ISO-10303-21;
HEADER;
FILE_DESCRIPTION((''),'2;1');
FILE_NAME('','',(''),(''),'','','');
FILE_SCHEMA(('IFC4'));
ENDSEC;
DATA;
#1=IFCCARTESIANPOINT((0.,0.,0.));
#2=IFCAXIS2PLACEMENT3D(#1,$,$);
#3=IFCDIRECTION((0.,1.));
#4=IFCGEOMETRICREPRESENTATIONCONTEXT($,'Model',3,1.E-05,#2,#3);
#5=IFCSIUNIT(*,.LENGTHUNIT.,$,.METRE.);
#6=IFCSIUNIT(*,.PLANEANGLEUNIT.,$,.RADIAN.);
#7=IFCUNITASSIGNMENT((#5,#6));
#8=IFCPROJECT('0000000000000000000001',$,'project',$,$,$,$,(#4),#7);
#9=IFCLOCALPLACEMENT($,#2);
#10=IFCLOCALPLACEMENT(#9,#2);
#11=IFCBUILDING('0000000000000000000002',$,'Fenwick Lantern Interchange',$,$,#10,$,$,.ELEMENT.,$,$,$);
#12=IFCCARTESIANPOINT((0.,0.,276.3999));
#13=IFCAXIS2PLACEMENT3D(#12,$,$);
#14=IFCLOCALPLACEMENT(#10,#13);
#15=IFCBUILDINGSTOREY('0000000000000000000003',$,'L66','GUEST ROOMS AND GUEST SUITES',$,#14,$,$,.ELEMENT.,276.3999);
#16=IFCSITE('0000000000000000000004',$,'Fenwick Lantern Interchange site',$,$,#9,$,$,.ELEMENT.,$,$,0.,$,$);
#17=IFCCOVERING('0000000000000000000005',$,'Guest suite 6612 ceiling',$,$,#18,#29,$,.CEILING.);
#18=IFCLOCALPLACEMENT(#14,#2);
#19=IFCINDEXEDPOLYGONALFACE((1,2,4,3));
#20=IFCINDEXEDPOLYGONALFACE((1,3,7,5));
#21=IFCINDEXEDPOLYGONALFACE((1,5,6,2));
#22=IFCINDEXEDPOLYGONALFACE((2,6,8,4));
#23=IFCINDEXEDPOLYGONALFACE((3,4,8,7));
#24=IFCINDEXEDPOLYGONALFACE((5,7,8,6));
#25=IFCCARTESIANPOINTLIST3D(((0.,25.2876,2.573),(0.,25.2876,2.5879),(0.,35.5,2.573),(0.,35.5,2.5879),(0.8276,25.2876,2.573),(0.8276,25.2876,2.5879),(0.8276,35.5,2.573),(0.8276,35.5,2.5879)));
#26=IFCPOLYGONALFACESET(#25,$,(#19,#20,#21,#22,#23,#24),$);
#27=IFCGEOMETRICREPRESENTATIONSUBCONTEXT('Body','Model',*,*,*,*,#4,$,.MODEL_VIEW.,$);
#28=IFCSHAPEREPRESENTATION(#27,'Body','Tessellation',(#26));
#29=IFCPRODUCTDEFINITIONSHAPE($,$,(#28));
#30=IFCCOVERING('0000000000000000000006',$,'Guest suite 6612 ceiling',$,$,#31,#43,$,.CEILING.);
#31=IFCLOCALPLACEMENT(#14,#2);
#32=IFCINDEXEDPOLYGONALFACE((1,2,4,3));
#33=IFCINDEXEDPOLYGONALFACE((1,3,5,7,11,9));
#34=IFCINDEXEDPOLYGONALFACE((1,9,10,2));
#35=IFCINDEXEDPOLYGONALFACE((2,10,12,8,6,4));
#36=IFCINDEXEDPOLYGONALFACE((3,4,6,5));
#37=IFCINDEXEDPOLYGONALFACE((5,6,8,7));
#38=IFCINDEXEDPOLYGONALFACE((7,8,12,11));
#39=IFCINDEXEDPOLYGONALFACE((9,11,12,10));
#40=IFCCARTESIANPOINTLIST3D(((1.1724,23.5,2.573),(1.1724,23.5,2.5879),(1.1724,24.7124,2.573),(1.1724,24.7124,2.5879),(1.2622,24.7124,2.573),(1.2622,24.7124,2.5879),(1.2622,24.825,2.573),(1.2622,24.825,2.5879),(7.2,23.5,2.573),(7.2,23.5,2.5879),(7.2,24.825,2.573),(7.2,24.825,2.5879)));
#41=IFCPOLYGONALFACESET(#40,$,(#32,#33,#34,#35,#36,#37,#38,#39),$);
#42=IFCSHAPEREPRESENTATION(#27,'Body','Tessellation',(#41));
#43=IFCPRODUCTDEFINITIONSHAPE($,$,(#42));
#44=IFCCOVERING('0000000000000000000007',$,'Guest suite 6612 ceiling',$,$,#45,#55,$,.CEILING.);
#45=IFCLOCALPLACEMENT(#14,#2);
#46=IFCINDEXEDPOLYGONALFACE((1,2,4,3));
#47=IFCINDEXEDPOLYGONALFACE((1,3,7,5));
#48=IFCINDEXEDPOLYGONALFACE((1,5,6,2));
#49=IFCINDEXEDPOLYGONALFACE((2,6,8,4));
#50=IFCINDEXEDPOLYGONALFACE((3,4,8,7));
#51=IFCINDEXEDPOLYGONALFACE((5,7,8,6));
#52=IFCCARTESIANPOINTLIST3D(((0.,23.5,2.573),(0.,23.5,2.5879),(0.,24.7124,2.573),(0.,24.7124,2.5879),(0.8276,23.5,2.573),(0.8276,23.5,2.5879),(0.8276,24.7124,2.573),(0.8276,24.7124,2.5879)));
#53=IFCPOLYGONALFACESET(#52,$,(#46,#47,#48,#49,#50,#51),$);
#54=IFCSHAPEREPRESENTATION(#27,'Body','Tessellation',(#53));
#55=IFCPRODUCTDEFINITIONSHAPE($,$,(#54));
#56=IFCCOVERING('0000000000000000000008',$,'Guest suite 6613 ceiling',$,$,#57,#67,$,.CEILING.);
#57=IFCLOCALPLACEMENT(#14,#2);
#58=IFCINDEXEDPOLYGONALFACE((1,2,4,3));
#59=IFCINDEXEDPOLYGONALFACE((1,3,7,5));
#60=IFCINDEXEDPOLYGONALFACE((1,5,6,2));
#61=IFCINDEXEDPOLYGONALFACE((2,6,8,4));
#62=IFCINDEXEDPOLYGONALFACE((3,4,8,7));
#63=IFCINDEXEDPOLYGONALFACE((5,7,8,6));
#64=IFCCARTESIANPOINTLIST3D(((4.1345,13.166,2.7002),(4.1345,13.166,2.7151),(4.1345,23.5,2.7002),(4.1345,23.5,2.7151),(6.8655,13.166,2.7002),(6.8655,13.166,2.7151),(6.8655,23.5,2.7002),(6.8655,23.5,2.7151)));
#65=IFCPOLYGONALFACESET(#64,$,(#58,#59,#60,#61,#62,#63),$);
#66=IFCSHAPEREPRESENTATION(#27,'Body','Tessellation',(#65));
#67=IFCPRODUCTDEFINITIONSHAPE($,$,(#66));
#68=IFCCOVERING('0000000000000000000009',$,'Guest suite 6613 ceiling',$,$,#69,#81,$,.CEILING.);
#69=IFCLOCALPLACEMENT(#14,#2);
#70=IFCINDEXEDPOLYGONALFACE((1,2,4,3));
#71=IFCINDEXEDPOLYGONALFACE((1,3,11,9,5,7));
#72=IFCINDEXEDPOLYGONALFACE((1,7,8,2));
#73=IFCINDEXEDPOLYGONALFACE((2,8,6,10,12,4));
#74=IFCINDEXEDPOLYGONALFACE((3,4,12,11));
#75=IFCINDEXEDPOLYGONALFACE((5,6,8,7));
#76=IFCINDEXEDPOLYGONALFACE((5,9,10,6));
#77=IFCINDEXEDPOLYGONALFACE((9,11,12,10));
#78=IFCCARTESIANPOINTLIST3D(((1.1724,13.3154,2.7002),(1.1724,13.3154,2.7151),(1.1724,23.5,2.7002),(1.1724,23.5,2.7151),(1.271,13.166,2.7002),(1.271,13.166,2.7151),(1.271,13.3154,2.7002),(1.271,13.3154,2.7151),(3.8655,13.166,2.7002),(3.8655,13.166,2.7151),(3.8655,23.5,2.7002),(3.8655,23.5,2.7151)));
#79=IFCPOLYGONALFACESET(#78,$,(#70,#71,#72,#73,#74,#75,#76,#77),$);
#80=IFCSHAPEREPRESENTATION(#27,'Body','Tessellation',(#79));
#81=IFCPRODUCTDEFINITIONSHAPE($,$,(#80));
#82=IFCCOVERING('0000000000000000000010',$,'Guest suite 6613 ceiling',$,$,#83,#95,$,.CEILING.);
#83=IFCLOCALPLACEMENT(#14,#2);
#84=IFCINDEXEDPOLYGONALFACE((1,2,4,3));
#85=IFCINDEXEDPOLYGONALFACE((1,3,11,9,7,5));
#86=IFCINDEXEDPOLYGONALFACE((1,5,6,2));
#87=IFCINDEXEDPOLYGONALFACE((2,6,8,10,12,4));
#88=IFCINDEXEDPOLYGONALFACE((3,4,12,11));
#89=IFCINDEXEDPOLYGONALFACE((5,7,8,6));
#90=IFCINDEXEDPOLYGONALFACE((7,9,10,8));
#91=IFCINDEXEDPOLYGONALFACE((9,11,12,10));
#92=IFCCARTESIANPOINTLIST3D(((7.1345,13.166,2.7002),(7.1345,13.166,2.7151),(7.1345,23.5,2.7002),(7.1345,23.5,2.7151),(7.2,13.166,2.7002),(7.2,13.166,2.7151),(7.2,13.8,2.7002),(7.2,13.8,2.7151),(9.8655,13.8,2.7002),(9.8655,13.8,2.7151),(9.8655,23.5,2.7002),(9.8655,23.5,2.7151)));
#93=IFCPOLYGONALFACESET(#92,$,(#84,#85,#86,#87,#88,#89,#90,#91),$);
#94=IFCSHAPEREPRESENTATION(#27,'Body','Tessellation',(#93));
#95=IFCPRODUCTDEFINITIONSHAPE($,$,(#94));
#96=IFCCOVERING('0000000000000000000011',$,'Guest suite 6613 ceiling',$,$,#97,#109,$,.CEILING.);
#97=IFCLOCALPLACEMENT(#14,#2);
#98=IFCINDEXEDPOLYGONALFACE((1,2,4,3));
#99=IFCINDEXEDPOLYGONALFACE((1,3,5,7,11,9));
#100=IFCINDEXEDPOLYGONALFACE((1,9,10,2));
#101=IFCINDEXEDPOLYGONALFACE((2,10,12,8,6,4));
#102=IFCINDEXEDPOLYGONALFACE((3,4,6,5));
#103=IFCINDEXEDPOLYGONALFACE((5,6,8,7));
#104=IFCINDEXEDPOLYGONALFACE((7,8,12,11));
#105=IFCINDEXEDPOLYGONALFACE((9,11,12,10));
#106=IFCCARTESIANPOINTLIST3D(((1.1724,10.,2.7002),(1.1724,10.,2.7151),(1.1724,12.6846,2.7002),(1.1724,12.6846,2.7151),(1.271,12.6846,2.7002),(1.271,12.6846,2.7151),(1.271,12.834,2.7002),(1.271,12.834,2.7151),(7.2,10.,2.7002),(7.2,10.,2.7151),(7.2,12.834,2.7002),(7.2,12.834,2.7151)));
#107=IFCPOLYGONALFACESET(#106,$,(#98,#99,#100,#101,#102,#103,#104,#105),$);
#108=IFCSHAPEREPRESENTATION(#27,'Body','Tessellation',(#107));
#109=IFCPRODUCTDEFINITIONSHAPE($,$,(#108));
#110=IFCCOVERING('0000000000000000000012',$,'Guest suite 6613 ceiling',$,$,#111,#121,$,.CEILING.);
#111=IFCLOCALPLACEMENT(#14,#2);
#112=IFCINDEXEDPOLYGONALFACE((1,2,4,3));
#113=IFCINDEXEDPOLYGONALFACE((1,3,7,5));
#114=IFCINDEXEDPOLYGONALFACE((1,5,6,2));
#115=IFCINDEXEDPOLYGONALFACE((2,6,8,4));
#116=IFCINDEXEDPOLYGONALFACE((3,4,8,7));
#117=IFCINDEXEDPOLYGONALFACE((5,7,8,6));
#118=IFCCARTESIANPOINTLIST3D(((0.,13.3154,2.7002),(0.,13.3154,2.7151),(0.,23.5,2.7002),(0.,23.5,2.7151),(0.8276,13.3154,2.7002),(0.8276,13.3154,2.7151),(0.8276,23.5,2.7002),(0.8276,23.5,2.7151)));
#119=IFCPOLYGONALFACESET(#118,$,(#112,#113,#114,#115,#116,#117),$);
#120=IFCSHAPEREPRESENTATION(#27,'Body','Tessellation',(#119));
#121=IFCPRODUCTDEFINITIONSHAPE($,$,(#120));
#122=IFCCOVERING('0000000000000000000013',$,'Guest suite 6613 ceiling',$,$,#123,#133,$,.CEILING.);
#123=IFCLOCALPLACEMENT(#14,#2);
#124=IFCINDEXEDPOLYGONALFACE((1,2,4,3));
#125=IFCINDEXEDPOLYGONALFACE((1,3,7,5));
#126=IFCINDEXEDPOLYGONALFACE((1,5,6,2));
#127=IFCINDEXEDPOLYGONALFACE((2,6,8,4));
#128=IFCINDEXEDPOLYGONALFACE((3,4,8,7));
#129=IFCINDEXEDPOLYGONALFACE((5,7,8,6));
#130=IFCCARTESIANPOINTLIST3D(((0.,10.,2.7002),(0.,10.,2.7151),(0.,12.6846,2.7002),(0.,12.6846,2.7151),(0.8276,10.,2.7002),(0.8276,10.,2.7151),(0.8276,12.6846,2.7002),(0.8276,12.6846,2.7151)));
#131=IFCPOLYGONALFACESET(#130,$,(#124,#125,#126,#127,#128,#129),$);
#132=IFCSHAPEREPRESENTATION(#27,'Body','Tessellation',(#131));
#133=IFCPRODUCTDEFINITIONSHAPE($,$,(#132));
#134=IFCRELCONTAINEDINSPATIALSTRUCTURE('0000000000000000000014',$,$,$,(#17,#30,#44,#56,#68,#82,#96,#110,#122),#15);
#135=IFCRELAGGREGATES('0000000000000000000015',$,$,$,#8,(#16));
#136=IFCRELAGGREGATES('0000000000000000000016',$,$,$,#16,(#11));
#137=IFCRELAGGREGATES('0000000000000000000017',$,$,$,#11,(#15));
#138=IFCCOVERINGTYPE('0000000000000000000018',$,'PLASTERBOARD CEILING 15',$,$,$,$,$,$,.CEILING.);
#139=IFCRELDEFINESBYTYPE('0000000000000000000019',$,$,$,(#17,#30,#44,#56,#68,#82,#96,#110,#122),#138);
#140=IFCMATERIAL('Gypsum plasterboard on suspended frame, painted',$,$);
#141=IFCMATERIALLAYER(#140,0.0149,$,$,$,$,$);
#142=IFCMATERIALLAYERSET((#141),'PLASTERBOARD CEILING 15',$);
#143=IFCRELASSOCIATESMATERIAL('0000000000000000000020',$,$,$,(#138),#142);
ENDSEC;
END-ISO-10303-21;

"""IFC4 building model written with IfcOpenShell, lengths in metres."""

from ifc_helpers import new_model, si_unit, direction, frame, origin, place, context, subcontext, project, spatial, polyline, outline, extrude, material, layer, layer_set, type_object, element, save


model = new_model("IFC4")

# Units and contexts
model_context = context("Model", 3, precision=1e-05, world=origin(), true_north=direction((0.0, 1.0)))
body_context = subcontext(model_context, "Body", "Model", "MODEL_VIEW")
ifc_project = project(units=[si_unit("LENGTHUNIT", "METRE"), si_unit("PLANEANGLEUNIT", "RADIAN")], contexts=[model_context])

# Site, building, storey
site_placement = place(None, origin())
site = spatial("IfcSite", under=ifc_project, at=site_placement, Name="Fenwick Lantern Interchange site", CompositionType="ELEMENT", RefElevation=0.0)
building_placement = place(site_placement, origin())
building = spatial("IfcBuilding", under=site, at=building_placement, Name="Fenwick Lantern Interchange", CompositionType="ELEMENT")
storey_placement = place(building_placement, frame((0.0, 0.0, 276.3999)))
storey = spatial("IfcBuildingStorey", under=building, at=storey_placement, Name="L66", Description="GUEST ROOMS AND GUEST SUITES", CompositionType="ELEMENT", Elevation=276.3999)

# Coverings
ifc_material_1 = material(Name="Gypsum plasterboard on suspended frame, painted")
ifc_layer_1 = layer(ifc_material_1, 0.0149)
ifc_layer_set_1 = layer_set([ifc_layer_1], Name="PLASTERBOARD CEILING 15")
covering_type_1 = type_object("IfcCoveringType", Name="PLASTERBOARD CEILING 15", PredefinedType="CEILING", material=ifc_layer_set_1)
covering_1_placement = place(storey_placement, frame((0.0, 0.0, 2.573)))
element("IfcCovering", 1, at=covering_1_placement, inside=storey, type_object=covering_type_1, Name="Guest suite 6612 ceiling", PredefinedType="CEILING", context=body_context, shape_type="SweptSolid", body=[
    extrude(outline(polyline([(0.0, 25.2876), (0.8276, 25.2876), (0.8276, 35.5), (0.0, 35.5), (0.0, 25.2876)])), origin(), (0.0, 0.0, 1.0), 0.0149),
])
covering_2_placement = place(storey_placement, frame((0.0, 0.0, 2.573)))
element("IfcCovering", 2, at=covering_2_placement, inside=storey, type_object=covering_type_1, Name="Guest suite 6612 ceiling", PredefinedType="CEILING", context=body_context, shape_type="SweptSolid", body=[
    extrude(outline(polyline([(1.2622, 24.7124), (1.1724, 24.7124), (1.1724, 23.5), (7.2, 23.5), (7.2, 24.825), (1.2622, 24.825), (1.2622, 24.7124)])), origin(), (0.0, 0.0, 1.0), 0.0149),
])
covering_3_placement = place(storey_placement, frame((0.0, 0.0, 2.573)))
element("IfcCovering", 3, at=covering_3_placement, inside=storey, type_object=covering_type_1, Name="Guest suite 6612 ceiling", PredefinedType="CEILING", context=body_context, shape_type="SweptSolid", body=[
    extrude(outline(polyline([(0.8276, 24.7124), (0.0, 24.7124), (0.0, 23.5), (0.8276, 23.5), (0.8276, 24.7124)])), origin(), (0.0, 0.0, 1.0), 0.0149),
])
covering_4_placement = place(storey_placement, frame((0.0, 0.0, 2.7002)))
element("IfcCovering", 4, at=covering_4_placement, inside=storey, type_object=covering_type_1, Name="Guest suite 6613 ceiling", PredefinedType="CEILING", context=body_context, shape_type="SweptSolid", body=[
    extrude(outline(polyline([(6.8655, 23.5), (4.1345, 23.5), (4.1345, 13.166), (6.8655, 13.166), (6.8655, 23.5)])), origin(), (0.0, 0.0, 1.0), 0.0149),
])
covering_5_placement = place(storey_placement, frame((0.0, 0.0, 2.7002)))
element("IfcCovering", 5, at=covering_5_placement, inside=storey, type_object=covering_type_1, Name="Guest suite 6613 ceiling", PredefinedType="CEILING", context=body_context, shape_type="SweptSolid", body=[
    extrude(outline(polyline([(1.271, 13.3154), (1.271, 13.166), (3.8655, 13.166), (3.8655, 23.5), (1.1724, 23.5), (1.1724, 13.3154), (1.271, 13.3154)])), origin(), (0.0, 0.0, 1.0), 0.0149),
])
covering_6_placement = place(storey_placement, frame((0.0, 0.0, 2.7002)))
element("IfcCovering", 6, at=covering_6_placement, inside=storey, type_object=covering_type_1, Name="Guest suite 6613 ceiling", PredefinedType="CEILING", context=body_context, shape_type="SweptSolid", body=[
    extrude(outline(polyline([(9.8655, 23.5), (7.1345, 23.5), (7.1345, 13.166), (7.2, 13.166), (7.2, 13.8), (9.8655, 13.8), (9.8655, 23.5)])), origin(), (0.0, 0.0, 1.0), 0.0149),
])
covering_7_placement = place(storey_placement, frame((0.0, 0.0, 2.7002)))
element("IfcCovering", 7, at=covering_7_placement, inside=storey, type_object=covering_type_1, Name="Guest suite 6613 ceiling", PredefinedType="CEILING", context=body_context, shape_type="SweptSolid", body=[
    extrude(outline(polyline([(1.271, 12.6846), (1.1724, 12.6846), (1.1724, 10.0), (7.2, 10.0), (7.2, 12.834), (1.271, 12.834), (1.271, 12.6846)])), origin(), (0.0, 0.0, 1.0), 0.0149),
])
covering_8_placement = place(storey_placement, frame((0.0, 0.0, 2.7002)))
element("IfcCovering", 8, at=covering_8_placement, inside=storey, type_object=covering_type_1, Name="Guest suite 6613 ceiling", PredefinedType="CEILING", context=body_context, shape_type="SweptSolid", body=[
    extrude(outline(polyline([(0.0, 13.3154), (0.8276, 13.3154), (0.8276, 23.5), (0.0, 23.5), (0.0, 13.3154)])), origin(), (0.0, 0.0, 1.0), 0.0149),
])
covering_9_placement = place(storey_placement, frame((0.0, 0.0, 2.7002)))
element("IfcCovering", 9, at=covering_9_placement, inside=storey, type_object=covering_type_1, Name="Guest suite 6613 ceiling", PredefinedType="CEILING", context=body_context, shape_type="SweptSolid", body=[
    extrude(outline(polyline([(0.8276, 12.6846), (0.0, 12.6846), (0.0, 10.0), (0.8276, 10.0), (0.8276, 12.6846)])), origin(), (0.0, 0.0, 1.0), 0.0149),
])

save(model, "model.ifc")
